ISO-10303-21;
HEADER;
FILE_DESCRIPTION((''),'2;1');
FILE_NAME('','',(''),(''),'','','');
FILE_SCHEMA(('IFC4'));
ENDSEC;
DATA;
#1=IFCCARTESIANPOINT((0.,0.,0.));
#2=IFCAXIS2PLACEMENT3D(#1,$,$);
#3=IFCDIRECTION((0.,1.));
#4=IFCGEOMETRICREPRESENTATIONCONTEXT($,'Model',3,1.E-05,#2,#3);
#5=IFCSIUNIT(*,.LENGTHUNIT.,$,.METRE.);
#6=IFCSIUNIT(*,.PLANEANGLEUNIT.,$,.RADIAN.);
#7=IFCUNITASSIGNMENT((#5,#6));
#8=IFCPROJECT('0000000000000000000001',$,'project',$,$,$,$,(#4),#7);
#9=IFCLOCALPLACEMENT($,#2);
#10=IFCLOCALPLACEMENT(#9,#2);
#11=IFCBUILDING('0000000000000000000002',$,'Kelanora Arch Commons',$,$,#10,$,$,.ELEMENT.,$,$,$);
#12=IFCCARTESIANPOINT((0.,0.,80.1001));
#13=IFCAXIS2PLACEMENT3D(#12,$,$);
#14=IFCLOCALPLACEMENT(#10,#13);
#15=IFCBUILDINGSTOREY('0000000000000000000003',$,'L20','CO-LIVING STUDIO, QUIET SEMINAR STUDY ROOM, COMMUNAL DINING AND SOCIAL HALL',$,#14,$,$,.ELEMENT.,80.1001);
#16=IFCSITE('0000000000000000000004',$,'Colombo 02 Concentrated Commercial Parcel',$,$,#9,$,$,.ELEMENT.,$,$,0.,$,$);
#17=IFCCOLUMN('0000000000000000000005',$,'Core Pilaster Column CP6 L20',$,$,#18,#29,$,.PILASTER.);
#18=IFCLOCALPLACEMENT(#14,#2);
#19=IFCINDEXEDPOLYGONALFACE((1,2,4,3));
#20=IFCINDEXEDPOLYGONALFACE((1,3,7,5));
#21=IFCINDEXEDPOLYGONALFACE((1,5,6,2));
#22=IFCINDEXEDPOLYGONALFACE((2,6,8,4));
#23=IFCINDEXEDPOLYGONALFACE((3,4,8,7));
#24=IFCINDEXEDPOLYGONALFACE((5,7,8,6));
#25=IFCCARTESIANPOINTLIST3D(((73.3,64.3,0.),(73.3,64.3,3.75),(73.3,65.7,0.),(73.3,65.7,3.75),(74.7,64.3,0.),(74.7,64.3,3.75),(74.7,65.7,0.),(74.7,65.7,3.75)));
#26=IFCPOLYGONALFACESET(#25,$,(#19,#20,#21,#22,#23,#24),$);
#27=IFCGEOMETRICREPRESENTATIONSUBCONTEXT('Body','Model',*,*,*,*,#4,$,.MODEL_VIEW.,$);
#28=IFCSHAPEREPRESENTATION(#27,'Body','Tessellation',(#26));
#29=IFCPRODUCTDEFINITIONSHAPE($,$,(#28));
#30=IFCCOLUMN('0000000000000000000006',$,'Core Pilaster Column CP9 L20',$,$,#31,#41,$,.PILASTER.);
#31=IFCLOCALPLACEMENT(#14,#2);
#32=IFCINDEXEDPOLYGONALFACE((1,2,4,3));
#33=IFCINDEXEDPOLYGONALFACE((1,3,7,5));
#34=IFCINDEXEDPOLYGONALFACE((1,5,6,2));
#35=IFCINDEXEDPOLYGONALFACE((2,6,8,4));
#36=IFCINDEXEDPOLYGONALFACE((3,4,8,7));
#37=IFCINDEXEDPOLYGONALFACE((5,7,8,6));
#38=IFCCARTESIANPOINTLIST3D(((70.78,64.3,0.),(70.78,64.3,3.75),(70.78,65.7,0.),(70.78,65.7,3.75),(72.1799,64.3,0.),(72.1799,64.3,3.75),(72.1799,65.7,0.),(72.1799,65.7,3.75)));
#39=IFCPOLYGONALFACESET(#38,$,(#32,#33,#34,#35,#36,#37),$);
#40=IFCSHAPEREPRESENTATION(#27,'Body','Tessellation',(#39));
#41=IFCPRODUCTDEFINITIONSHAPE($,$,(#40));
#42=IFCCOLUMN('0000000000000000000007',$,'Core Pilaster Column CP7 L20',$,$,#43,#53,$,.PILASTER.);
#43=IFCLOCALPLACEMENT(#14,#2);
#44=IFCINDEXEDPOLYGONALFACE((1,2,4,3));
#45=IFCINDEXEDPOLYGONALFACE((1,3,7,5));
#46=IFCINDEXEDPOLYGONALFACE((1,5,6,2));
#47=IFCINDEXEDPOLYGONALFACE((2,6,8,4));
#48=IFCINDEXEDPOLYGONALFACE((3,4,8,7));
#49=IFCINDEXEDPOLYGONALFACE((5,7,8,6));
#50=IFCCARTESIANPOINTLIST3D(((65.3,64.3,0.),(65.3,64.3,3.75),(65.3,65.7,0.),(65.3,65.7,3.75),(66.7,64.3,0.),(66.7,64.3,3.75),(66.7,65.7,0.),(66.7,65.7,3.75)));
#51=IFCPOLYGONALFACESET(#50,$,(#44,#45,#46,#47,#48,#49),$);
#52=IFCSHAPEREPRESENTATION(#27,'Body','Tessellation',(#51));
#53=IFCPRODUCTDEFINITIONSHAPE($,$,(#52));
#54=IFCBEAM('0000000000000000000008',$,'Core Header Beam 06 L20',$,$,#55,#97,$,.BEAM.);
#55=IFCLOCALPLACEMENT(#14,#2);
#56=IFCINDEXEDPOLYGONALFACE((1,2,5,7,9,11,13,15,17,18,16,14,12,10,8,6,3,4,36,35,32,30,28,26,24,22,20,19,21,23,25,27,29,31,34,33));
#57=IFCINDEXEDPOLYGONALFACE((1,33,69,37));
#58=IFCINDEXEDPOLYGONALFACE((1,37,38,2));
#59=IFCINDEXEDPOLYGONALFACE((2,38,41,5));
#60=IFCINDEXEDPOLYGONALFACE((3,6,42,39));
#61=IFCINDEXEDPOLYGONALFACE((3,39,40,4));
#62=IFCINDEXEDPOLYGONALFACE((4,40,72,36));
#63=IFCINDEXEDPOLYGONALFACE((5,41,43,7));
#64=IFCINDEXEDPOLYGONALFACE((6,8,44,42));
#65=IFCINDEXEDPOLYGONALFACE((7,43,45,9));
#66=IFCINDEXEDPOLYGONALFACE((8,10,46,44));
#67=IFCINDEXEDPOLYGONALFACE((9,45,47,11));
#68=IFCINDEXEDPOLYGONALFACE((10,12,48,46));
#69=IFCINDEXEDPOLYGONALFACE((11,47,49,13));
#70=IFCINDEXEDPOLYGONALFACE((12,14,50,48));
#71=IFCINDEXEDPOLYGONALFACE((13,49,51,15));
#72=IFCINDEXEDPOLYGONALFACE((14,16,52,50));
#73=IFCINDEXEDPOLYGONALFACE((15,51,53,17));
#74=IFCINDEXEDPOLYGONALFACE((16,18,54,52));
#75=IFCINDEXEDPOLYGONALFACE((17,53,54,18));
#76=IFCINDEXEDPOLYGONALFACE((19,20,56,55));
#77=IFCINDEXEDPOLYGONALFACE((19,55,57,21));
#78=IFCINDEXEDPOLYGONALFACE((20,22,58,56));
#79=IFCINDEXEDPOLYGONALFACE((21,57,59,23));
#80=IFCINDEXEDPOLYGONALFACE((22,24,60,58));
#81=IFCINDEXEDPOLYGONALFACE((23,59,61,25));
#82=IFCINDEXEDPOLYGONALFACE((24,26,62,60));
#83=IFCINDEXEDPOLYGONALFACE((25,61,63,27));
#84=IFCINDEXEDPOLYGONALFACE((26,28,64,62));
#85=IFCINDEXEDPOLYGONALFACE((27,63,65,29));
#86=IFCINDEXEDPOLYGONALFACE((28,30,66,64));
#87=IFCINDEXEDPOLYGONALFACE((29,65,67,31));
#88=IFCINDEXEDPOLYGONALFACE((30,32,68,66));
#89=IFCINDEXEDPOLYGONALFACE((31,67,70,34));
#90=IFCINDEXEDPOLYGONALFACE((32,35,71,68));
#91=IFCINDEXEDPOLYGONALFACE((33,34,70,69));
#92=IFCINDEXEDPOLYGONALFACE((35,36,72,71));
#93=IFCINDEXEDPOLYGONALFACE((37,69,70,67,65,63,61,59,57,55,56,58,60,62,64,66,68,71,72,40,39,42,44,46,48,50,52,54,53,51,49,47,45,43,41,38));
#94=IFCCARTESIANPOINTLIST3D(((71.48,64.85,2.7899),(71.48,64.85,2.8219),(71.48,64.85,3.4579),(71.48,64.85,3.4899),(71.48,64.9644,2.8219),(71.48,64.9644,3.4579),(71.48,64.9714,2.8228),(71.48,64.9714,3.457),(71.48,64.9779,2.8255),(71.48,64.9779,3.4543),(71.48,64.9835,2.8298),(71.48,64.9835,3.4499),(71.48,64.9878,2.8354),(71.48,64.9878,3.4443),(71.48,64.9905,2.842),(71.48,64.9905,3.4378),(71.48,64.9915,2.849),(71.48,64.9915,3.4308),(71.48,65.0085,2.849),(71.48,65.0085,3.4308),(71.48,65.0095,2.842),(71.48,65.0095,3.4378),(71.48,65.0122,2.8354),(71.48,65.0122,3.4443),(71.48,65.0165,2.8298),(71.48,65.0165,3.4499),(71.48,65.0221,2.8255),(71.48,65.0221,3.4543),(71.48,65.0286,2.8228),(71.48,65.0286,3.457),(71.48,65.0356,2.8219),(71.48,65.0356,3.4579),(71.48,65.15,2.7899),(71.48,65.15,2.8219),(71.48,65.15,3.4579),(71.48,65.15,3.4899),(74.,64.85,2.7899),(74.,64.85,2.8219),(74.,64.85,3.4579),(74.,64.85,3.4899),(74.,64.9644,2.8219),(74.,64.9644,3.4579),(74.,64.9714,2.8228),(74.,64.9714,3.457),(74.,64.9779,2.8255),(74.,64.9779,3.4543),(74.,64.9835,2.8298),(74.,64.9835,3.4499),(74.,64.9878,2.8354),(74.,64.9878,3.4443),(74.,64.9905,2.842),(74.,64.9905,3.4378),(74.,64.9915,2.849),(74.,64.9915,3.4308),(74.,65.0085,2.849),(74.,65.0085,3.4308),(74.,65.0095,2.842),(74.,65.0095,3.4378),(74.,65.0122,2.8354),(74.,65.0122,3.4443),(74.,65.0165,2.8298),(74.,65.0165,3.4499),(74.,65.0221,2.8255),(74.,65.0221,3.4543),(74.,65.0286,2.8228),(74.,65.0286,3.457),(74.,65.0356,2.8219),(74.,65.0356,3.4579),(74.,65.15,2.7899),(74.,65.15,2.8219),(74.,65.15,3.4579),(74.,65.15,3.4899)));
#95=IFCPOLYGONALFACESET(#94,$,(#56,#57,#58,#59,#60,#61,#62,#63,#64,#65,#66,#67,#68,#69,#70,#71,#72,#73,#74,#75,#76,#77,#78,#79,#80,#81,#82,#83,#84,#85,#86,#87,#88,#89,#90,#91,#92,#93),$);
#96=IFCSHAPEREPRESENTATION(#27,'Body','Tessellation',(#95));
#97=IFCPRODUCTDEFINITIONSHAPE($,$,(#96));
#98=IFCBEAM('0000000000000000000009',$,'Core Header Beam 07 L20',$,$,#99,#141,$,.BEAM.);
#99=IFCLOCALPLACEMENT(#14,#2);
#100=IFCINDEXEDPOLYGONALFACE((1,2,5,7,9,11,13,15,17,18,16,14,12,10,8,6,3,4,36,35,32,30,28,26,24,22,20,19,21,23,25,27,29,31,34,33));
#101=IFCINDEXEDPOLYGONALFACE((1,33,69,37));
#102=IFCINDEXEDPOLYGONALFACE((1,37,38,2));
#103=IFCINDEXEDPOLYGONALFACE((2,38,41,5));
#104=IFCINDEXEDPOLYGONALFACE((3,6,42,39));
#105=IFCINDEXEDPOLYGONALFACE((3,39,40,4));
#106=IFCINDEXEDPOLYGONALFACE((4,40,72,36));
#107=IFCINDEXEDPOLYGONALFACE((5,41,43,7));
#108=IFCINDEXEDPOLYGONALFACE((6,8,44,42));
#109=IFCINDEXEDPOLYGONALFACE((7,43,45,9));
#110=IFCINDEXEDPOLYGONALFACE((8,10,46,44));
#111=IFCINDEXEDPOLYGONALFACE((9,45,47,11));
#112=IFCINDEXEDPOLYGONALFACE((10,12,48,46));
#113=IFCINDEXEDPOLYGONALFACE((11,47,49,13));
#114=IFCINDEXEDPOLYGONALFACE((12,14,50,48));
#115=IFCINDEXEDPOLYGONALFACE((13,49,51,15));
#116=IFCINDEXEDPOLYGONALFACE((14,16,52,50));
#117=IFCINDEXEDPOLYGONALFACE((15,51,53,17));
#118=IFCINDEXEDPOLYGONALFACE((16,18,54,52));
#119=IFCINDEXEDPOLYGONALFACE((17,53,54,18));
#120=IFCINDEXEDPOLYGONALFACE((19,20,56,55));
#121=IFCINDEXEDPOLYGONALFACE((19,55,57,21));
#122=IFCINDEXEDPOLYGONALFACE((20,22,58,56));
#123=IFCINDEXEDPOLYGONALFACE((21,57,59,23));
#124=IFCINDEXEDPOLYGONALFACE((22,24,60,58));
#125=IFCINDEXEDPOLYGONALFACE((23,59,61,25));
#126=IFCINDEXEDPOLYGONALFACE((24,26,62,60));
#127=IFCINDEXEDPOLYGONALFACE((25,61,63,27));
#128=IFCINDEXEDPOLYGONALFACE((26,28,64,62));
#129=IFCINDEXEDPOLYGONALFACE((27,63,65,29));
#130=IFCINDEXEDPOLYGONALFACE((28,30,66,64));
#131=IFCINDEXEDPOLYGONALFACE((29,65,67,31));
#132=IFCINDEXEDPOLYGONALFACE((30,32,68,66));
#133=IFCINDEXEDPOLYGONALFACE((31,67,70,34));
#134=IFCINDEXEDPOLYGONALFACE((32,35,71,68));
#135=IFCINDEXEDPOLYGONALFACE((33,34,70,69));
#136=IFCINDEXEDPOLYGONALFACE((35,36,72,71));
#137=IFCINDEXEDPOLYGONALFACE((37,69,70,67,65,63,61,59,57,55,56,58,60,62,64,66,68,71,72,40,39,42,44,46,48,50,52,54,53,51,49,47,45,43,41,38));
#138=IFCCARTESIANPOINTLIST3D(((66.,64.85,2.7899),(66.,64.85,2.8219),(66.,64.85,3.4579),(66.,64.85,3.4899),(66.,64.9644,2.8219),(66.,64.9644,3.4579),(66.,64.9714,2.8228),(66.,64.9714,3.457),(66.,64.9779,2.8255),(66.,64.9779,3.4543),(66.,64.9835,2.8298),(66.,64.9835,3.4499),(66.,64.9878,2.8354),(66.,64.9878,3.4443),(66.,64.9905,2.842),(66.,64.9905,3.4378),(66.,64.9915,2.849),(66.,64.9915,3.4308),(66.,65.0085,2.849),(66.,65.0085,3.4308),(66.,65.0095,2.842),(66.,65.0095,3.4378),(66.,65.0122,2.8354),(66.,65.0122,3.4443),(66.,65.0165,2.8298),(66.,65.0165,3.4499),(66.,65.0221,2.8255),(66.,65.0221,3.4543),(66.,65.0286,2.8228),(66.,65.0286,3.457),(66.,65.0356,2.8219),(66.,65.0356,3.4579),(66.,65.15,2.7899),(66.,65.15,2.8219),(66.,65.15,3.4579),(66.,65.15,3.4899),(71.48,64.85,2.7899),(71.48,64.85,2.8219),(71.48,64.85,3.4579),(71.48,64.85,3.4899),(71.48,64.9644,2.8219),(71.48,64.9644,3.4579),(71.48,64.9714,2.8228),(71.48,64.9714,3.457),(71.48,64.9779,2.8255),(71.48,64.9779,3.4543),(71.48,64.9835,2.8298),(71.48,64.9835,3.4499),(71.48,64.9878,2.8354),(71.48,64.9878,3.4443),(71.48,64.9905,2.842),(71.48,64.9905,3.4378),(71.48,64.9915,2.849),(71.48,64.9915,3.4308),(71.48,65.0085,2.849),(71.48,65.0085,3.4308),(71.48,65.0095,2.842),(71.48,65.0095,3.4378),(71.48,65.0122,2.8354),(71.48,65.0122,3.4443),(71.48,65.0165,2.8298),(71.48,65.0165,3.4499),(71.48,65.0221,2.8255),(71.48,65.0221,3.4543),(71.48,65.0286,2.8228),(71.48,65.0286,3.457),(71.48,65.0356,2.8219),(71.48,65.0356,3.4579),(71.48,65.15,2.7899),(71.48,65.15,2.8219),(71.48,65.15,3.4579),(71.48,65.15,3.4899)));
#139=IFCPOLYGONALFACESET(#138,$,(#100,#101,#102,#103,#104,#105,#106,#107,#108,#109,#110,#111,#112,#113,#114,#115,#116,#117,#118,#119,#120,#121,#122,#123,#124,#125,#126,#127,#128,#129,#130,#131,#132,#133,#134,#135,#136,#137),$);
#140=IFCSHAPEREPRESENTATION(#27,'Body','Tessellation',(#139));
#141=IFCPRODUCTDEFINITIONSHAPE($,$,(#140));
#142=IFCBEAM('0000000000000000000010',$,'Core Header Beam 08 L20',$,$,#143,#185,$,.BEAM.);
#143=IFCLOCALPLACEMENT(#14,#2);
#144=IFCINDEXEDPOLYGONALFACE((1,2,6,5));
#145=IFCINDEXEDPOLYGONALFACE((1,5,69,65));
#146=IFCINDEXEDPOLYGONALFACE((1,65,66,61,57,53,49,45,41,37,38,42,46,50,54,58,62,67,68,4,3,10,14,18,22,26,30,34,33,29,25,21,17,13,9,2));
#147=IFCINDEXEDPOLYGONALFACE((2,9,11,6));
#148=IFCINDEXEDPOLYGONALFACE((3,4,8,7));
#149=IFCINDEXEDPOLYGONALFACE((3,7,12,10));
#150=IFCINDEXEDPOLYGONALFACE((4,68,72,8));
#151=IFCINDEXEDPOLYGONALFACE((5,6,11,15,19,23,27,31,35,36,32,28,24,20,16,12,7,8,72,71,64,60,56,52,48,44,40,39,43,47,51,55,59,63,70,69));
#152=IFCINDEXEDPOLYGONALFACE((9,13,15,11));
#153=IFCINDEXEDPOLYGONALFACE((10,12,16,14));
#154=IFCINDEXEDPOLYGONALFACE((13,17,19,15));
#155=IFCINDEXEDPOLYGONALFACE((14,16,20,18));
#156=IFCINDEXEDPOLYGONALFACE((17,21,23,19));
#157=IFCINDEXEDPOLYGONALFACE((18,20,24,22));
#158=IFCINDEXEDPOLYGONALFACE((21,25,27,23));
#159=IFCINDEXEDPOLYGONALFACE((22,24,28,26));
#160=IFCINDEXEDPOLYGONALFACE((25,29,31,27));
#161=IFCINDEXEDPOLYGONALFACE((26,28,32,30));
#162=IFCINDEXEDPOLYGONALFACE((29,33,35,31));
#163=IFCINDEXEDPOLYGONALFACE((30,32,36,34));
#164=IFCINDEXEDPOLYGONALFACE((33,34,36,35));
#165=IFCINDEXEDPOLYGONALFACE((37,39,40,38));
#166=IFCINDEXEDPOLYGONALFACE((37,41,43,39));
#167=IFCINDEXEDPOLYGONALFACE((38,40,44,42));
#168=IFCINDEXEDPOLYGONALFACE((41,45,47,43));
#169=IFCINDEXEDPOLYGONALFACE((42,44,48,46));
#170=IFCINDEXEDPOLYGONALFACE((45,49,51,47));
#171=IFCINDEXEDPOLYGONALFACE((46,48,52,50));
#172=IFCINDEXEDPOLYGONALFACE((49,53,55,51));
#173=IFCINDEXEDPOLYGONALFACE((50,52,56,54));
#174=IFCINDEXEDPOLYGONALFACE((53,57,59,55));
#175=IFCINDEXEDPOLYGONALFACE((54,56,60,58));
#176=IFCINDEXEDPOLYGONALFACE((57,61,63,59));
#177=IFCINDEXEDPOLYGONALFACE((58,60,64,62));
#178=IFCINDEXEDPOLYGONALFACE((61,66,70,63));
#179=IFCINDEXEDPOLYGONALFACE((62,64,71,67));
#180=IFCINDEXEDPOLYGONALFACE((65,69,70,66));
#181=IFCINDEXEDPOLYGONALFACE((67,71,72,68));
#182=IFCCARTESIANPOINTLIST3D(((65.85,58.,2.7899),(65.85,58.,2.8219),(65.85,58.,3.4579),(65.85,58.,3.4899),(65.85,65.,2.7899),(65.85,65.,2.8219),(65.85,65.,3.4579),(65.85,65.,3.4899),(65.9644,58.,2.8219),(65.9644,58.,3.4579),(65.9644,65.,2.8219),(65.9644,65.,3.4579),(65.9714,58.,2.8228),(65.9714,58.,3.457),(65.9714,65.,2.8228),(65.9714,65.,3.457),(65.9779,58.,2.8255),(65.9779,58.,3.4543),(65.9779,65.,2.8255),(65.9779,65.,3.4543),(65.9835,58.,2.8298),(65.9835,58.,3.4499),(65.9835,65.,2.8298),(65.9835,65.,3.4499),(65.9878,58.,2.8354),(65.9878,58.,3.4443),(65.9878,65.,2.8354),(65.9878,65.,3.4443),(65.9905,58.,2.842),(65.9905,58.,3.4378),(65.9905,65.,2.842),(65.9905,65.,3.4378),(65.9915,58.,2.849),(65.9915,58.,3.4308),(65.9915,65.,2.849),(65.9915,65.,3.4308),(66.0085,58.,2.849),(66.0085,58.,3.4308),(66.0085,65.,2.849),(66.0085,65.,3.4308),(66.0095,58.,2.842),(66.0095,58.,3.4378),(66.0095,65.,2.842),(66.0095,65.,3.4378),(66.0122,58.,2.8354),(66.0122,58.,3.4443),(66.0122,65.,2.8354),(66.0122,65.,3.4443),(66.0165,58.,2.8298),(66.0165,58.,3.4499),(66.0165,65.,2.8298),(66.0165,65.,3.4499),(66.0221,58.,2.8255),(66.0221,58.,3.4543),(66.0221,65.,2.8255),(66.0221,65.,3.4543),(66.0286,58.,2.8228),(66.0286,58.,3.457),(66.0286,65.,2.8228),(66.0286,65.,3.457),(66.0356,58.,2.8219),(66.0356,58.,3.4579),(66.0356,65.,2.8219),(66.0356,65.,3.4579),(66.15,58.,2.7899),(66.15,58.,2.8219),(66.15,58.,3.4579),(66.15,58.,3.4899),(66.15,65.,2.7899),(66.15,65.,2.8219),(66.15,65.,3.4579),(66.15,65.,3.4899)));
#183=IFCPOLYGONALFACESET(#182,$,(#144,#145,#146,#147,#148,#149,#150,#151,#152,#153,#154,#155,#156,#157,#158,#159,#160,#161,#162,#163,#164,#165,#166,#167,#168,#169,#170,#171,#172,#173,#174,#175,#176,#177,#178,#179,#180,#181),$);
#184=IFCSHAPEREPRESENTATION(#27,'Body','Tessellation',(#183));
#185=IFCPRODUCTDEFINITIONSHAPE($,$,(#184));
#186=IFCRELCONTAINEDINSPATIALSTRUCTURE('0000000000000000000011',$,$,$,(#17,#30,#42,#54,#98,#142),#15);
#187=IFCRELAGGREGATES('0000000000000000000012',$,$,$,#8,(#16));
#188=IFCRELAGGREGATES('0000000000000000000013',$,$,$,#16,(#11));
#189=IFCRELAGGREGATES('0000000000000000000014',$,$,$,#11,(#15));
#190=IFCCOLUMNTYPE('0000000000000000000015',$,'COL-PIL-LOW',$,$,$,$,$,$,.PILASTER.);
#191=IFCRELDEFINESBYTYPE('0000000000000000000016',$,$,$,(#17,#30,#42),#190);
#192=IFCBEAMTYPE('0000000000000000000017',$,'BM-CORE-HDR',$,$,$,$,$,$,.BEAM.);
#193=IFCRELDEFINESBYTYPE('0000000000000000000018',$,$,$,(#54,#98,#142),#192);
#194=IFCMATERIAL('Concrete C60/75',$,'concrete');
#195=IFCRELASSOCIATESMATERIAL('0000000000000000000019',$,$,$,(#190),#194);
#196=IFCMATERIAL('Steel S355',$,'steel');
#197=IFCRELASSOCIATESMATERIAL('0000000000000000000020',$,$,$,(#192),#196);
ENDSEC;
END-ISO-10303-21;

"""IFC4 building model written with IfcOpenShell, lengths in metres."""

from ifc_helpers import new_model, si_unit, direction, frame, origin, origin_2d, place, context, subcontext, project, spatial, rectangle, i_section, extrude, material, material_profile, profile_set, type_object, element, save


model = new_model("IFC4")

# Units and contexts
model_context = context("Model", 3, precision=1e-05, world=origin(), true_north=direction((0.0, 1.0)))
body_context = subcontext(model_context, "Body", "Model", "MODEL_VIEW")
ifc_project = project(units=[si_unit("LENGTHUNIT", "METRE"), si_unit("PLANEANGLEUNIT", "RADIAN")], contexts=[model_context])

# Site, building, storey
site_placement = place(None, origin())
site = spatial("IfcSite", under=ifc_project, at=site_placement, Name="Colombo 02 Concentrated Commercial Parcel", CompositionType="ELEMENT", RefElevation=0.0)
building_placement = place(site_placement, origin())
building = spatial("IfcBuilding", under=site, at=building_placement, Name="Kelanora Arch Commons", CompositionType="ELEMENT")
storey_placement = place(building_placement, frame((0.0, 0.0, 80.1001)))
storey = spatial("IfcBuildingStorey", under=building, at=storey_placement, Name="L20", Description="CO-LIVING STUDIO, QUIET SEMINAR STUDY ROOM, COMMUNAL DINING AND SOCIAL HALL", CompositionType="ELEMENT", Elevation=80.1001)

# Columns
ifc_material_1 = material(Name="Concrete C60/75", Category="concrete")
ifc_material_profile_1 = material_profile(ifc_material_1, rectangle(XDim=1.3999, YDim=1.3999, at=origin_2d()), Name="RC1400x1400")
ifc_profile_set_1 = profile_set([ifc_material_profile_1], Name="Concrete C60/75")
column_type = type_object("IfcColumnType", Name="COL-PIL-LOW", PredefinedType="PILASTER", material=ifc_profile_set_1)
for number, where, z_axis, x_axis, name in (
    (1, (74.0, 65.0, 0.0), (0.0, 0.0, 1.0), (1.0, 0.0, 0.0), "Core Pilaster Column CP6 L20"),
    (2, (71.48, 65.0, 0.0), (0.0, 0.0, 1.0), (1.0, 0.0, 0.0), "Core Pilaster Column CP9 L20"),
    (3, (66.0, 65.0, 0.0), (0.0, 0.0, 1.0), (1.0, 0.0, 0.0), "Core Pilaster Column CP7 L20"),
):
    element("IfcColumn", number, at=place(storey_placement, frame(where, z_axis=z_axis, x_axis=x_axis)), inside=storey, type_object=column_type, Name=name, PredefinedType="PILASTER", context=body_context, shape_type="SweptSolid", body=[
        extrude(rectangle(XDim=1.3999, YDim=1.3999, at=origin_2d()), origin(), (0.0, 0.0, 1.0), 3.75),
    ])

# Beams
ifc_material_2 = material(Name="Steel S355", Category="steel")
ifc_material_profile_2 = material_profile(ifc_material_2, i_section(OverallWidth=0.3, OverallDepth=0.7, WebThickness=0.0171, FlangeThickness=0.032, FilletRadius=0.0271, at=origin_2d()), Name="HEB700")
ifc_profile_set_2 = profile_set([ifc_material_profile_2], Name="Steel S355")
beam_type_1 = type_object("IfcBeamType", Name="BM-CORE-HDR", PredefinedType="BEAM", material=ifc_profile_set_2)
beam_1_placement = place(storey_placement, frame((74.0, 65.0, 3.1399), z_axis=(-1.0, 0.0, 0.0), x_axis=(0.0, -1.0, 0.0)))
element("IfcBeam", 4, at=beam_1_placement, inside=storey, type_object=beam_type_1, Name="Core Header Beam 06 L20", PredefinedType="BEAM", context=body_context, shape_type="SweptSolid", body=[
    extrude(i_section(OverallWidth=0.3, OverallDepth=0.7, WebThickness=0.0171, FlangeThickness=0.032, FilletRadius=0.0271, at=origin_2d()), origin(), (0.0, 0.0, 1.0), 2.52),
])
beam_2_placement = place(storey_placement, frame((71.48, 65.0, 3.1399), z_axis=(-1.0, 0.0, 0.0), x_axis=(0.0, -1.0, 0.0)))
element("IfcBeam", 5, at=beam_2_placement, inside=storey, type_object=beam_type_1, Name="Core Header Beam 07 L20", PredefinedType="BEAM", context=body_context, shape_type="SweptSolid", body=[
    extrude(i_section(OverallWidth=0.3, OverallDepth=0.7, WebThickness=0.0171, FlangeThickness=0.032, FilletRadius=0.0271, at=origin_2d()), origin(), (0.0, 0.0, 1.0), 5.48),
])
beam_3_placement = place(storey_placement, frame((66.0, 65.0, 3.1399), z_axis=(0.0, -1.0, 0.0), x_axis=(1.0, 0.0, 0.0)))
element("IfcBeam", 6, at=beam_3_placement, inside=storey, type_object=beam_type_1, Name="Core Header Beam 08 L20", PredefinedType="BEAM", context=body_context, shape_type="SweptSolid", body=[
    extrude(i_section(OverallWidth=0.3, OverallDepth=0.7, WebThickness=0.0171, FlangeThickness=0.032, FilletRadius=0.0271, at=origin_2d()), origin(), (0.0, 0.0, 1.0), 7.0),
])

save(model, "model.ifc")
